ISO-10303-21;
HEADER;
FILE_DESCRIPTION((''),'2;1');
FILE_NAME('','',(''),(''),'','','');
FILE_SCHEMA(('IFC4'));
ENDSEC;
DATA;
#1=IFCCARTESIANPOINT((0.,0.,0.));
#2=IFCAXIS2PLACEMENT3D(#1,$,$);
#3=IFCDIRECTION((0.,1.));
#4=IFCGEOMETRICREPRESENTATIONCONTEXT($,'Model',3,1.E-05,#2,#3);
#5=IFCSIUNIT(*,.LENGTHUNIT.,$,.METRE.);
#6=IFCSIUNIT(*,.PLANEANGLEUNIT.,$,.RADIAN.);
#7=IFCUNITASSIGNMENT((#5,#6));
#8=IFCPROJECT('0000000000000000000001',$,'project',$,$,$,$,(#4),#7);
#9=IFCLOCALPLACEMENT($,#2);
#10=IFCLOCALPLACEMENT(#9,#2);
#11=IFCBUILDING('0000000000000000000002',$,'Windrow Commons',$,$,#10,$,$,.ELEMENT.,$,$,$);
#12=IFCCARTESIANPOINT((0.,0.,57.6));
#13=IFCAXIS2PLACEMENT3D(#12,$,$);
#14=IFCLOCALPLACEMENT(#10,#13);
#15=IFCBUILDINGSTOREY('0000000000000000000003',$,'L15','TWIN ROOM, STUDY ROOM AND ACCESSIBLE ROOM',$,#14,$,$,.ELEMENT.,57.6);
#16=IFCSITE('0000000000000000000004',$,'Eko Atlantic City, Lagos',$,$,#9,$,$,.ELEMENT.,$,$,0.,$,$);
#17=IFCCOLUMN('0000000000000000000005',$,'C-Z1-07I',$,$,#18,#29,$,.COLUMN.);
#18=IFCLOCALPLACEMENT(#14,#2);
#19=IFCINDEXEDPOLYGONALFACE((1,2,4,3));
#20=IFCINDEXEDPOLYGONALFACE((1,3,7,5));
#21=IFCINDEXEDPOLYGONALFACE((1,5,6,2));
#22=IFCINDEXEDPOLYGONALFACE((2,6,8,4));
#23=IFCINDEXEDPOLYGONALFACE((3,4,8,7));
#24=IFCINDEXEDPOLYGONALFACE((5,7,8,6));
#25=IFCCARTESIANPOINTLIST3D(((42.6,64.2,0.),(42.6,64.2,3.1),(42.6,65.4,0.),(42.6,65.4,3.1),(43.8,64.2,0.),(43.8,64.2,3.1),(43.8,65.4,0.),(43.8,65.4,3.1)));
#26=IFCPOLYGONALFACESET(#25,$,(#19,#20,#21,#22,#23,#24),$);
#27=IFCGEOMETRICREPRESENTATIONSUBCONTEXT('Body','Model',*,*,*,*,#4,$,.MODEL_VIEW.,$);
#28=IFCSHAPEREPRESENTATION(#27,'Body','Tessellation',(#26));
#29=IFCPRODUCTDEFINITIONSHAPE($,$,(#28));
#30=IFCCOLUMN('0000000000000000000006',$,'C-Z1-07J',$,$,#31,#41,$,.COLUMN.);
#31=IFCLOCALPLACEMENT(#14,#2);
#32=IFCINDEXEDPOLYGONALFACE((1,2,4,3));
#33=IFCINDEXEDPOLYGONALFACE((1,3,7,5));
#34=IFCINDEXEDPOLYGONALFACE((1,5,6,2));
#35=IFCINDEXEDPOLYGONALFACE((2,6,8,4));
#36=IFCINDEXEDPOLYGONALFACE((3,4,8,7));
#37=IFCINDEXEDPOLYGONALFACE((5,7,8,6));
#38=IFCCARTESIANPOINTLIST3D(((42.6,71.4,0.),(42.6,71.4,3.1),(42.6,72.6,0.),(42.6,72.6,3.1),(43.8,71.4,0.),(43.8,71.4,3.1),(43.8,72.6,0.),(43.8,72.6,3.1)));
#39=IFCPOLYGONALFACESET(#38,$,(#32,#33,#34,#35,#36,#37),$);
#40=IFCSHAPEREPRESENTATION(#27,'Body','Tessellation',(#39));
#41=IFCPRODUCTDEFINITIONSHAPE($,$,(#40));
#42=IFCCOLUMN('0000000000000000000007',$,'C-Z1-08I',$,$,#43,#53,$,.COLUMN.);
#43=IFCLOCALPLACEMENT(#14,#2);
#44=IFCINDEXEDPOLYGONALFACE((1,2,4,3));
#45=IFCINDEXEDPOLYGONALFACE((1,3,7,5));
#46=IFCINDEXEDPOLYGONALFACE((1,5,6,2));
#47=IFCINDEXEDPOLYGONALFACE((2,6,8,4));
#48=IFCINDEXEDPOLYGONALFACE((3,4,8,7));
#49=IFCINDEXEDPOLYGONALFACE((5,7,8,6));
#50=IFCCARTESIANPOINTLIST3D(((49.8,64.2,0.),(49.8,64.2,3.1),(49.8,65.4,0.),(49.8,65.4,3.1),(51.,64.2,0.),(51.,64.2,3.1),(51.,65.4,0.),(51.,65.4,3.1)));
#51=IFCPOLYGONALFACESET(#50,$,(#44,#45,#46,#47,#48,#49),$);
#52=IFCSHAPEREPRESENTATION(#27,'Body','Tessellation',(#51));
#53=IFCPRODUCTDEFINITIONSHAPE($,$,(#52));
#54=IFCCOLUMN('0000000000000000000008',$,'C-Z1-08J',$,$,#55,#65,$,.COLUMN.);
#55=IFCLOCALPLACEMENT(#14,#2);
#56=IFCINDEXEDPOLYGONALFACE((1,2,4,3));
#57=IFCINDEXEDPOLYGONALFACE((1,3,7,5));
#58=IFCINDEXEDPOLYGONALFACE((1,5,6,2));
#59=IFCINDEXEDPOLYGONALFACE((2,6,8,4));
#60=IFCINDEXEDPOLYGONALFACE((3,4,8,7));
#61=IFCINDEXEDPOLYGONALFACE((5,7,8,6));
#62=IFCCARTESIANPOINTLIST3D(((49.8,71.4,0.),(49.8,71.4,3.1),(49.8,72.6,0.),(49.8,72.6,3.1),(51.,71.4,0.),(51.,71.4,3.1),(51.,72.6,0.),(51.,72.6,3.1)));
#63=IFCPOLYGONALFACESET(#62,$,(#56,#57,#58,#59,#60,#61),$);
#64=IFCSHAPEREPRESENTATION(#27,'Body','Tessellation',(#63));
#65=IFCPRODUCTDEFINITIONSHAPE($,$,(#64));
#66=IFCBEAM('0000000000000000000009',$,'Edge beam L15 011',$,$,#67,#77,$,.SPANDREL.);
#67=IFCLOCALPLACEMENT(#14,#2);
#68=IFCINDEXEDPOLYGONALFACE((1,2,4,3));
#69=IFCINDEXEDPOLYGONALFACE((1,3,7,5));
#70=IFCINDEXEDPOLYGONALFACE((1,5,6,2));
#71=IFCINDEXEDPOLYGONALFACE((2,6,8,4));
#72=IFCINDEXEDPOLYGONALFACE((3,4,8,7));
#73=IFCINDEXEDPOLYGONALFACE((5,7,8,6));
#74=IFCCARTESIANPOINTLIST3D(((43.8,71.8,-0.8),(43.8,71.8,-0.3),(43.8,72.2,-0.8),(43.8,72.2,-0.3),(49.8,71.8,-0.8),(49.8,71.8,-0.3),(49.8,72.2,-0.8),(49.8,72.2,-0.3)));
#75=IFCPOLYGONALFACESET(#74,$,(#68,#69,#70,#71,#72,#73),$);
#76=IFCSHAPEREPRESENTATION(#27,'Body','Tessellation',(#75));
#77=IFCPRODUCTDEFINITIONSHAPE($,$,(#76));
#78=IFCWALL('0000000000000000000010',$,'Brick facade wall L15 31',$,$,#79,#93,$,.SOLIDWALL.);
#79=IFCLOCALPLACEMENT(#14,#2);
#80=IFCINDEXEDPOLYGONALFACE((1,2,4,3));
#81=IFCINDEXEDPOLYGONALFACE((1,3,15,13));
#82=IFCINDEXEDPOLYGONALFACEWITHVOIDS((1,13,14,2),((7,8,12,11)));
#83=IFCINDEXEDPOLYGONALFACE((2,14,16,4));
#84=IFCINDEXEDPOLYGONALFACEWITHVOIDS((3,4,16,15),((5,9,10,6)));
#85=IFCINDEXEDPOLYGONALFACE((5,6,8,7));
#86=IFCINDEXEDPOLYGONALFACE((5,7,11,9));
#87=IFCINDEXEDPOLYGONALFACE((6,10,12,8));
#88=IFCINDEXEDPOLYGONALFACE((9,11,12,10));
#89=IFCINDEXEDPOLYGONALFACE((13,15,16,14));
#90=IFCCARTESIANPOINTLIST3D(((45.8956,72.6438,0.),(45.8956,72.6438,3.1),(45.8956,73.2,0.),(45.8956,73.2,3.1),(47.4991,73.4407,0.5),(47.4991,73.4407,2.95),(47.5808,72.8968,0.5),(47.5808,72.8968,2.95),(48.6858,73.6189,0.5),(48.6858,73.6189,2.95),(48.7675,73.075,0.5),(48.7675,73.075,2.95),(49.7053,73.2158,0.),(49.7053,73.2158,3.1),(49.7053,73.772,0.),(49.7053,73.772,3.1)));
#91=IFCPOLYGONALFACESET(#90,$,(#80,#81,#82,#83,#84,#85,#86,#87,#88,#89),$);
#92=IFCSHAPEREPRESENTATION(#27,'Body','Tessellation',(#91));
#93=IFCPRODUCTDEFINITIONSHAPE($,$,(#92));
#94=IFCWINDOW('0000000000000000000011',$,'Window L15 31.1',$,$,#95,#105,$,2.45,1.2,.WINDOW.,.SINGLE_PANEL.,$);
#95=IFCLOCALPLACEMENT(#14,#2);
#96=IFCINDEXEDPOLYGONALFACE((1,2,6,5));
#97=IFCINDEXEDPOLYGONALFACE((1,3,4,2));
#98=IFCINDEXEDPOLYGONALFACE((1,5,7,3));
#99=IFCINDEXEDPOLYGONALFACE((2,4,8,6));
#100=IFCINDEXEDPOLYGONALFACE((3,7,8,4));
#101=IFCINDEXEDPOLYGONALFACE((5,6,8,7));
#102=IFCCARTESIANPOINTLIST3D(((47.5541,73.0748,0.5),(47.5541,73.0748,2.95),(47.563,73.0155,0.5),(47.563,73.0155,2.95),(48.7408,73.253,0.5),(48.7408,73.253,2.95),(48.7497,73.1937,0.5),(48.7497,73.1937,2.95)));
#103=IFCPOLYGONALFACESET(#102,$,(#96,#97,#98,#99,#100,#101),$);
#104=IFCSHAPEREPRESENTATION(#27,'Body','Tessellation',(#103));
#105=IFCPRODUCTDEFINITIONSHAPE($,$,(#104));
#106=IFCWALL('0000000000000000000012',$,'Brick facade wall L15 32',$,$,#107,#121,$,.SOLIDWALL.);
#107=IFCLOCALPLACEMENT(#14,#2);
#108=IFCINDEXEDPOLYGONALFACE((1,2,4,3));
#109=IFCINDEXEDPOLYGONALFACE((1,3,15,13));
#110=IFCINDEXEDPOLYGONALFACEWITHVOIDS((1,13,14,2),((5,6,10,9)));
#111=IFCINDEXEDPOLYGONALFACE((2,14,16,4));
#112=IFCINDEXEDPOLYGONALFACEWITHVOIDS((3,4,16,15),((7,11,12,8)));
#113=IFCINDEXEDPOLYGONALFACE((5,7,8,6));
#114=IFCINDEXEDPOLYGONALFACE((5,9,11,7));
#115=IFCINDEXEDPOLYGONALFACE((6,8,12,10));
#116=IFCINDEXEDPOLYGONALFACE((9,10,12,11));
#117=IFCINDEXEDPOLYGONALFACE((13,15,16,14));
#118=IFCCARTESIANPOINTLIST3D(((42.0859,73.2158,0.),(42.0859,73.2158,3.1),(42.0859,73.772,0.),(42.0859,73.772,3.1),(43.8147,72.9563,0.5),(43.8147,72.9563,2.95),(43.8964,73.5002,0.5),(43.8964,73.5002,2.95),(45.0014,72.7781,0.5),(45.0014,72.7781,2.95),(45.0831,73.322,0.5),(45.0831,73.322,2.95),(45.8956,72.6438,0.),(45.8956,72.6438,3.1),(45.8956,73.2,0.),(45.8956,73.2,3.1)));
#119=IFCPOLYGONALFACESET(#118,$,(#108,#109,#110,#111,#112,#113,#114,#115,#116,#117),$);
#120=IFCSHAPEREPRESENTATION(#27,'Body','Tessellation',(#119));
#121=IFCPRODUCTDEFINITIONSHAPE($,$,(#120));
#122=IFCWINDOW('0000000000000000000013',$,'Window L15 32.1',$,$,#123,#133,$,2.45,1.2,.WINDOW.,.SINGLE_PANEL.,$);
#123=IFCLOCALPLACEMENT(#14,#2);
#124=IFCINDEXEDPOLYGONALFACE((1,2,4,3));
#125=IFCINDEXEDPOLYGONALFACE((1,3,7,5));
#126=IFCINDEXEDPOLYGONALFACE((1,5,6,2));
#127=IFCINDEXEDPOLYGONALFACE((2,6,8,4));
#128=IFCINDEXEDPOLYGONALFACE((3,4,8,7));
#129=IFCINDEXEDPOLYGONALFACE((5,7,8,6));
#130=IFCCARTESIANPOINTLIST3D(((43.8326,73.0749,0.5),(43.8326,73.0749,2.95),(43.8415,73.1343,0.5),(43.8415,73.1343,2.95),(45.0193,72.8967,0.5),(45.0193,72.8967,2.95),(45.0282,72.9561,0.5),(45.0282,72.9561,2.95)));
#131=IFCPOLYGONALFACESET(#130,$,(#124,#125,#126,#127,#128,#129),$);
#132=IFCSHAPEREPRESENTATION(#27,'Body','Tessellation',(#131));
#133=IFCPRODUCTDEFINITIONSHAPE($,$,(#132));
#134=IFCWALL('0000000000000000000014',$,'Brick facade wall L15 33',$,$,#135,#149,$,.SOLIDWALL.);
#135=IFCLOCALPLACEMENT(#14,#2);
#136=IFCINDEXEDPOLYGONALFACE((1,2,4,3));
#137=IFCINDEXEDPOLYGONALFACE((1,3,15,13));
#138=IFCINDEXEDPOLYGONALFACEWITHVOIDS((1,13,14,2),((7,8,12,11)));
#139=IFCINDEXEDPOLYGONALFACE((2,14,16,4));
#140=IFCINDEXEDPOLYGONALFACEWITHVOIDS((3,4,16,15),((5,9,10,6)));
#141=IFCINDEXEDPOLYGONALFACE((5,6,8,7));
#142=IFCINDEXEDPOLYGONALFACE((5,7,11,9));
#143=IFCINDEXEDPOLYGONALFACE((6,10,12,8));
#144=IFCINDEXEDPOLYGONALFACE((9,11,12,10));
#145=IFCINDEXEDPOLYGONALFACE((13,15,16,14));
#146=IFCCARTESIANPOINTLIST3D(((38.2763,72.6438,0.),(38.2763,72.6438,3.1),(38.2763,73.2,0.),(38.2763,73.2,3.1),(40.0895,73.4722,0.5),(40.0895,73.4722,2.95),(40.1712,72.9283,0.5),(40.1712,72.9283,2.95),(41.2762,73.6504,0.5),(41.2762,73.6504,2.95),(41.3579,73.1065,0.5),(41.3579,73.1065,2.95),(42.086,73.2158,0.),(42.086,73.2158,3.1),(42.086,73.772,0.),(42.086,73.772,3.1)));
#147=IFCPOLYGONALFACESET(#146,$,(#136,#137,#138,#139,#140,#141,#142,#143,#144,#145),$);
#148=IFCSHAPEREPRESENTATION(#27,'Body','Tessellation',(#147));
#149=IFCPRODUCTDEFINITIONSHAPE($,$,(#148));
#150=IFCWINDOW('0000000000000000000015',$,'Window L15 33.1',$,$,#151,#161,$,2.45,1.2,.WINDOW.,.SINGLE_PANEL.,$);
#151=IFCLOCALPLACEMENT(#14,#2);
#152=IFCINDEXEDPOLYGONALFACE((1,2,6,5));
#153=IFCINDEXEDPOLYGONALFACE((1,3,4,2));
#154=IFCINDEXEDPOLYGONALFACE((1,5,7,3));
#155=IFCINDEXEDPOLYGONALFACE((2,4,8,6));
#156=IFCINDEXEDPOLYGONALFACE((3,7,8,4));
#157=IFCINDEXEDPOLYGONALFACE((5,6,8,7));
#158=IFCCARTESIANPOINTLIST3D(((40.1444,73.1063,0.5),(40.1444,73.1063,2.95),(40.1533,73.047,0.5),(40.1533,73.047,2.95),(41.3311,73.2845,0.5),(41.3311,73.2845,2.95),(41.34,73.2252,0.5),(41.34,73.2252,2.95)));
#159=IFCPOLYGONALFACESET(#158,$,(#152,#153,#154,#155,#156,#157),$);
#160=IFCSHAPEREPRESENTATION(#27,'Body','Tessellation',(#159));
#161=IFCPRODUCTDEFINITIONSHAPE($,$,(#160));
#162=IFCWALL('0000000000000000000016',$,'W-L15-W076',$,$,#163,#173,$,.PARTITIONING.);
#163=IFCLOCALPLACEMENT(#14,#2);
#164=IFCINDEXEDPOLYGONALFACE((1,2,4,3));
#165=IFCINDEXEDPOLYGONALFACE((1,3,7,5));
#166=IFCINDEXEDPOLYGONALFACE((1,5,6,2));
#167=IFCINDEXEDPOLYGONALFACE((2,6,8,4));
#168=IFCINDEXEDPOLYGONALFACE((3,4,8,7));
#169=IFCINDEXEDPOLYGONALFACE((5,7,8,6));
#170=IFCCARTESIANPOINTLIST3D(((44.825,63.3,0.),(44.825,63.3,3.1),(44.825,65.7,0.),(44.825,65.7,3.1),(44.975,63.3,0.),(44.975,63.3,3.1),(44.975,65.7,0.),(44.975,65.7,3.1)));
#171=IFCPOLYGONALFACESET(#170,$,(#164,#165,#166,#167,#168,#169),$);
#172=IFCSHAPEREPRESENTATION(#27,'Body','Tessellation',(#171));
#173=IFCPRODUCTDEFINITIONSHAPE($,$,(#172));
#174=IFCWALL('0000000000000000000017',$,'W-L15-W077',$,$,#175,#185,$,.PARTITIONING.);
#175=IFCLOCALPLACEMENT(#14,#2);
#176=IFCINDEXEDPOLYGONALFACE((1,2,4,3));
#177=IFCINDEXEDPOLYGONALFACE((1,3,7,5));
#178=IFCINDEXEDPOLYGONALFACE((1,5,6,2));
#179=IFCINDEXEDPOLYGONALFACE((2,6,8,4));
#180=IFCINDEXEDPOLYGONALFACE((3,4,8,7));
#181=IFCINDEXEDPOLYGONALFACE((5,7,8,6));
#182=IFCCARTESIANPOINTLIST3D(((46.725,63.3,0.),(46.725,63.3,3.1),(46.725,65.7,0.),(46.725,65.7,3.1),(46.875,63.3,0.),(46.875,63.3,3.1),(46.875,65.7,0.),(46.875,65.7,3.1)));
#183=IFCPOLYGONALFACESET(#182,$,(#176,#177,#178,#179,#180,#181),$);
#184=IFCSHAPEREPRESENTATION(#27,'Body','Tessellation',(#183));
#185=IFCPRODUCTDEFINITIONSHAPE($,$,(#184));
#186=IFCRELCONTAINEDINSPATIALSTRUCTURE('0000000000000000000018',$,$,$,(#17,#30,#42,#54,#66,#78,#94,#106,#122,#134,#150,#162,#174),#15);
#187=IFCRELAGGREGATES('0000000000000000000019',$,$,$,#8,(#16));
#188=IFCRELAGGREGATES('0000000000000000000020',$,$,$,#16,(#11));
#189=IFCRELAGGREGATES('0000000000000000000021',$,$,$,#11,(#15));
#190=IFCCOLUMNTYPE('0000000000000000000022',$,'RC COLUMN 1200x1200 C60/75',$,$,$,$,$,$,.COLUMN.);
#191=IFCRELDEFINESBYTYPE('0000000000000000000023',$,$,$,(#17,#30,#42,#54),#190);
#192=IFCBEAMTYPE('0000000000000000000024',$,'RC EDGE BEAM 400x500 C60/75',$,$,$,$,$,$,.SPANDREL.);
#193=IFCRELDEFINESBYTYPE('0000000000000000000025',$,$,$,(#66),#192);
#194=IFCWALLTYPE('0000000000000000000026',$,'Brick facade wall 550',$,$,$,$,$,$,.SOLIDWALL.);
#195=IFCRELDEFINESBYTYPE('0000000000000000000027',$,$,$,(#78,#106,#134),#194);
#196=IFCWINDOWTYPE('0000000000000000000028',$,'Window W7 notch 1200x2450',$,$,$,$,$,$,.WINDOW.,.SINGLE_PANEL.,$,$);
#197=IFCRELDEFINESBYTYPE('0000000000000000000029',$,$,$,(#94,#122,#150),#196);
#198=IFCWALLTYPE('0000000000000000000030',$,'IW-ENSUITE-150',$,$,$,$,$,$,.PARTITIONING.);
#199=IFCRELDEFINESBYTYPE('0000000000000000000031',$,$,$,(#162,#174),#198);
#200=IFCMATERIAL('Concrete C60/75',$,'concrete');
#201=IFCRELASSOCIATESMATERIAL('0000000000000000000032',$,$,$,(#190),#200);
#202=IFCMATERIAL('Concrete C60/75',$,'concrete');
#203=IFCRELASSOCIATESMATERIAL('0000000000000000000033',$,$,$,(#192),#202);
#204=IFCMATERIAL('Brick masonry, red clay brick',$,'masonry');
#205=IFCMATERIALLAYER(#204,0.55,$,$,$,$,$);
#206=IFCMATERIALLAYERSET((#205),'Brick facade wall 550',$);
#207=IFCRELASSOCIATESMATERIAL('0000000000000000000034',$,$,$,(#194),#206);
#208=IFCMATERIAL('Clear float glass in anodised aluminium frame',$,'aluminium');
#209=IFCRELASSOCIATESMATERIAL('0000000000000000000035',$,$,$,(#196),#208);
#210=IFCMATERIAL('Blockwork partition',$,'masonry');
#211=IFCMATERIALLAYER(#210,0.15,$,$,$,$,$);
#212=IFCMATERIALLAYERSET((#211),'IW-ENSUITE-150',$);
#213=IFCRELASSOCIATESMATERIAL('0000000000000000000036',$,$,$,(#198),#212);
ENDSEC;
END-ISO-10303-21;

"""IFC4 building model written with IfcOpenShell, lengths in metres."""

from ifc_helpers import new_model, si_unit, direction, frame, frame_2d, origin, origin_2d, place, context, subcontext, project, spatial, polyline, rectangle, outline, extrude, material, layer, layer_set, material_profile, profile_set, type_object, element, fill, save


model = new_model("IFC4")

# Units and contexts
model_context = context("Model", 3, precision=1e-05, world=origin(), true_north=direction((0.0, 1.0)))
body_context = subcontext(model_context, "Body", "Model", "MODEL_VIEW")
ifc_project = project(units=[si_unit("LENGTHUNIT", "METRE"), si_unit("PLANEANGLEUNIT", "RADIAN")], contexts=[model_context])

# Site, building, storey
site_placement = place(None, origin())
site = spatial("IfcSite", under=ifc_project, at=site_placement, Name="Eko Atlantic City, Lagos", CompositionType="ELEMENT", RefElevation=0.0)
building_placement = place(site_placement, origin())
building = spatial("IfcBuilding", under=site, at=building_placement, Name="Windrow Commons", CompositionType="ELEMENT")
storey_placement = place(building_placement, frame((0.0, 0.0, 57.6)))
storey = spatial("IfcBuildingStorey", under=building, at=storey_placement, Name="L15", Description="TWIN ROOM, STUDY ROOM AND ACCESSIBLE ROOM", CompositionType="ELEMENT", Elevation=57.6)

# Columns
ifc_material_1 = material(Name="Concrete C60/75", Category="concrete")
ifc_material_profile_1 = material_profile(ifc_material_1, rectangle(XDim=1.2, YDim=1.2, at=origin_2d()))
ifc_profile_set_1 = profile_set([ifc_material_profile_1], Name="Concrete C60/75")
column_type = type_object("IfcColumnType", Name="RC COLUMN 1200x1200 C60/75", PredefinedType="COLUMN", material=ifc_profile_set_1)
for number, where, z_axis, x_axis, name in (
    (1, (43.2, 64.8, 0.0), (0.0, 0.0, 1.0), (1.0, 0.0, 0.0), "C-Z1-07I"),
    (2, (43.2, 72.0, 0.0), (0.0, 0.0, 1.0), (1.0, 0.0, 0.0), "C-Z1-07J"),
    (3, (50.4, 64.8, 0.0), (0.0, 0.0, 1.0), (1.0, 0.0, 0.0), "C-Z1-08I"),
    (4, (50.4, 72.0, 0.0), (0.0, 0.0, 1.0), (1.0, 0.0, 0.0), "C-Z1-08J"),
):
    element("IfcColumn", number, at=place(storey_placement, frame(where, z_axis=z_axis, x_axis=x_axis)), inside=storey, type_object=column_type, Name=name, PredefinedType="COLUMN", context=body_context, shape_type="SweptSolid", body=[
        extrude(rectangle(XDim=1.2, YDim=1.2, at=origin_2d()), origin(), (0.0, 0.0, 1.0), 3.1),
    ])

# Beam
ifc_material_2 = material(Name="Concrete C60/75", Category="concrete")
ifc_material_profile_2 = material_profile(ifc_material_2, rectangle(XDim=0.4, YDim=0.5, at=origin_2d()))
ifc_profile_set_2 = profile_set([ifc_material_profile_2], Name="Concrete C60/75")
beam_type = type_object("IfcBeamType", Name="RC EDGE BEAM 400x500 C60/75", PredefinedType="SPANDREL", material=ifc_profile_set_2)
beam_placement = place(storey_placement, frame((43.8, 72.0, -0.55), z_axis=(1.0, 0.0, 0.0), x_axis=(0.0, 1.0, 0.0)))
element("IfcBeam", 5, at=beam_placement, inside=storey, type_object=beam_type, Name="Edge beam L15 011", PredefinedType="SPANDREL", context=body_context, shape_type="SweptSolid", body=[
    extrude(rectangle(XDim=0.4, YDim=0.5, at=origin_2d()), origin(), (0.0, 0.0, 1.0), 6.0),
])

# Walls, openings, windows
ifc_material_3 = material(Name="Brick masonry, red clay brick", Category="masonry")
ifc_layer_1 = layer(ifc_material_3, 0.55)
ifc_layer_set_1 = layer_set([ifc_layer_1], Name="Brick facade wall 550")
wall_type_1 = type_object("IfcWallType", Name="Brick facade wall 550", PredefinedType="SOLIDWALL", material=ifc_layer_set_1)
wall_1_placement = place(storey_placement, frame((49.7053, 73.4939, 0.0), z_axis=(0.0, 0.0, 1.0), x_axis=(-0.988916, -0.148479, 0.0)))
wall_1 = element("IfcWall", 6, at=wall_1_placement, inside=storey, type_object=wall_type_1, Name="Brick facade wall L15 31", PredefinedType="SOLIDWALL", context=body_context, shape_type="SweptSolid", body=[
    extrude(outline(polyline([(-0.0413, -0.275), (3.8111, -0.275), (3.8937, 0.275), (0.0413, 0.275), (-0.0413, -0.275)])), origin(), (0.0, 0.0, 1.0), 3.1),
])
opening_1_placement = place(wall_1_placement, frame((0.9896, 0.0, 0.5)))
opening_1 = element("IfcOpeningElement", 7, at=opening_1_placement, cuts=wall_1, PredefinedType="OPENING", context=body_context, shape_type="SweptSolid", body=[
    extrude(rectangle(XDim=1.2, YDim=2.45, at=frame_2d((0.6, 1.225))), frame((0.0, 0.285, 0.0), z_axis=(0.0, -1.0, 0.0), x_axis=(1.0, 0.0, 0.0)), (0.0, 0.0, 1.0), 0.57),
])
ifc_material_4 = material(Name="Clear float glass in anodised aluminium frame", Category="aluminium")
window_type = type_object("IfcWindowType", Name="Window W7 notch 1200x2450", PartitioningType="SINGLE_PANEL", PredefinedType="WINDOW", material=ifc_material_4)
window_1_placement = place(opening_1_placement, origin())
window_1 = element("IfcWindow", 8, at=window_1_placement, inside=storey, type_object=window_type, Name="Window L15 31.1", OverallHeight=2.45, OverallWidth=1.2, PartitioningType="SINGLE_PANEL", PredefinedType="WINDOW", context=body_context, shape_type="SweptSolid", body=[
    extrude(rectangle(XDim=1.2, YDim=2.45, at=frame_2d((0.6, 1.225))), frame((0.0, 0.155, 0.0), z_axis=(0.0, -1.0, 0.0), x_axis=(1.0, 0.0, 0.0)), (0.0, 0.0, 1.0), 0.06),
])
fill(opening_1, window_1)
wall_2_placement = place(storey_placement, frame((45.8956, 72.9219, 0.0), z_axis=(0.0, 0.0, 1.0), x_axis=(-0.988915, 0.148483, 0.0)))
wall_2 = element("IfcWall", 9, at=wall_2_placement, inside=storey, type_object=wall_type_1, Name="Brick facade wall L15 32", PredefinedType="SOLIDWALL", context=body_context, shape_type="SweptSolid", body=[
    extrude(outline(polyline([(0.0413, -0.275), (3.8937, -0.275), (3.8111, 0.275), (-0.0413, 0.275), (0.0413, -0.275)])), origin(), (0.0, 0.0, 1.0), 3.1),
])
opening_2_placement = place(wall_2_placement, frame((0.8629, 0.0, 0.5)))
opening_2 = element("IfcOpeningElement", 10, at=opening_2_placement, cuts=wall_2, PredefinedType="OPENING", context=body_context, shape_type="SweptSolid", body=[
    extrude(rectangle(XDim=1.2, YDim=2.45, at=frame_2d((0.6, 1.225))), frame((0.0, 0.285, 0.0), z_axis=(0.0, -1.0, 0.0), x_axis=(1.0, 0.0, 0.0)), (0.0, 0.0, 1.0), 0.57),
])
window_2_placement = place(opening_2_placement, origin())
window_2 = element("IfcWindow", 11, at=window_2_placement, inside=storey, type_object=window_type, Name="Window L15 32.1", OverallHeight=2.45, OverallWidth=1.2, PartitioningType="SINGLE_PANEL", PredefinedType="WINDOW", context=body_context, shape_type="SweptSolid", body=[
    extrude(rectangle(XDim=1.2, YDim=2.45, at=frame_2d((0.6, 1.225))), frame((0.0, 0.155, 0.0), z_axis=(0.0, -1.0, 0.0), x_axis=(1.0, 0.0, 0.0)), (0.0, 0.0, 1.0), 0.06),
])
fill(opening_2, window_2)
wall_3_placement = place(storey_placement, frame((42.086, 73.4939, 0.0), z_axis=(0.0, 0.0, 1.0), x_axis=(-0.988916, -0.148479, 0.0)))
wall_3 = element("IfcWall", 12, at=wall_3_placement, inside=storey, type_object=wall_type_1, Name="Brick facade wall L15 33", PredefinedType="SOLIDWALL", context=body_context, shape_type="SweptSolid", body=[
    extrude(outline(polyline([(-0.0413, -0.275), (3.8111, -0.275), (3.8937, 0.275), (0.0413, 0.275), (-0.0413, -0.275)])), origin(), (0.0, 0.0, 1.0), 3.1),
])
opening_3_placement = place(wall_3_placement, frame((0.7776, 0.0, 0.5)))
opening_3 = element("IfcOpeningElement", 13, at=opening_3_placement, cuts=wall_3, PredefinedType="OPENING", context=body_context, shape_type="SweptSolid", body=[
    extrude(rectangle(XDim=1.2, YDim=2.45, at=frame_2d((0.6, 1.225))), frame((0.0, 0.285, 0.0), z_axis=(0.0, -1.0, 0.0), x_axis=(1.0, 0.0, 0.0)), (0.0, 0.0, 1.0), 0.57),
])
window_3_placement = place(opening_3_placement, origin())
window_3 = element("IfcWindow", 14, at=window_3_placement, inside=storey, type_object=window_type, Name="Window L15 33.1", OverallHeight=2.45, OverallWidth=1.2, PartitioningType="SINGLE_PANEL", PredefinedType="WINDOW", context=body_context, shape_type="SweptSolid", body=[
    extrude(rectangle(XDim=1.2, YDim=2.45, at=frame_2d((0.6, 1.225))), frame((0.0, 0.155, 0.0), z_axis=(0.0, -1.0, 0.0), x_axis=(1.0, 0.0, 0.0)), (0.0, 0.0, 1.0), 0.06),
])
fill(opening_3, window_3)

# Walls
ifc_material_5 = material(Name="Blockwork partition", Category="masonry")
ifc_layer_2 = layer(ifc_material_5, 0.15)
ifc_layer_set_2 = layer_set([ifc_layer_2], Name="IW-ENSUITE-150")
wall_type_2 = type_object("IfcWallType", Name="IW-ENSUITE-150", PredefinedType="PARTITIONING", material=ifc_layer_set_2)
for number, where, z_axis, x_axis, name in (
    (15, (44.9, 63.3, 0.0), (0.0, 0.0, 1.0), (0.0, 1.0, 0.0), "W-L15-W076"),
    (16, (46.8, 63.3, 0.0), (0.0, 0.0, 1.0), (0.0, 1.0, 0.0), "W-L15-W077"),
):
    element("IfcWall", number, at=place(storey_placement, frame(where, z_axis=z_axis, x_axis=x_axis)), inside=storey, type_object=wall_type_2, Name=name, PredefinedType="PARTITIONING", context=body_context, shape_type="SweptSolid", body=[
        extrude(rectangle(XDim=2.4, YDim=0.15, at=frame_2d((1.2, 0.0))), origin(), (0.0, 0.0, 1.0), 3.1),
    ])

save(model, "model.ifc")
